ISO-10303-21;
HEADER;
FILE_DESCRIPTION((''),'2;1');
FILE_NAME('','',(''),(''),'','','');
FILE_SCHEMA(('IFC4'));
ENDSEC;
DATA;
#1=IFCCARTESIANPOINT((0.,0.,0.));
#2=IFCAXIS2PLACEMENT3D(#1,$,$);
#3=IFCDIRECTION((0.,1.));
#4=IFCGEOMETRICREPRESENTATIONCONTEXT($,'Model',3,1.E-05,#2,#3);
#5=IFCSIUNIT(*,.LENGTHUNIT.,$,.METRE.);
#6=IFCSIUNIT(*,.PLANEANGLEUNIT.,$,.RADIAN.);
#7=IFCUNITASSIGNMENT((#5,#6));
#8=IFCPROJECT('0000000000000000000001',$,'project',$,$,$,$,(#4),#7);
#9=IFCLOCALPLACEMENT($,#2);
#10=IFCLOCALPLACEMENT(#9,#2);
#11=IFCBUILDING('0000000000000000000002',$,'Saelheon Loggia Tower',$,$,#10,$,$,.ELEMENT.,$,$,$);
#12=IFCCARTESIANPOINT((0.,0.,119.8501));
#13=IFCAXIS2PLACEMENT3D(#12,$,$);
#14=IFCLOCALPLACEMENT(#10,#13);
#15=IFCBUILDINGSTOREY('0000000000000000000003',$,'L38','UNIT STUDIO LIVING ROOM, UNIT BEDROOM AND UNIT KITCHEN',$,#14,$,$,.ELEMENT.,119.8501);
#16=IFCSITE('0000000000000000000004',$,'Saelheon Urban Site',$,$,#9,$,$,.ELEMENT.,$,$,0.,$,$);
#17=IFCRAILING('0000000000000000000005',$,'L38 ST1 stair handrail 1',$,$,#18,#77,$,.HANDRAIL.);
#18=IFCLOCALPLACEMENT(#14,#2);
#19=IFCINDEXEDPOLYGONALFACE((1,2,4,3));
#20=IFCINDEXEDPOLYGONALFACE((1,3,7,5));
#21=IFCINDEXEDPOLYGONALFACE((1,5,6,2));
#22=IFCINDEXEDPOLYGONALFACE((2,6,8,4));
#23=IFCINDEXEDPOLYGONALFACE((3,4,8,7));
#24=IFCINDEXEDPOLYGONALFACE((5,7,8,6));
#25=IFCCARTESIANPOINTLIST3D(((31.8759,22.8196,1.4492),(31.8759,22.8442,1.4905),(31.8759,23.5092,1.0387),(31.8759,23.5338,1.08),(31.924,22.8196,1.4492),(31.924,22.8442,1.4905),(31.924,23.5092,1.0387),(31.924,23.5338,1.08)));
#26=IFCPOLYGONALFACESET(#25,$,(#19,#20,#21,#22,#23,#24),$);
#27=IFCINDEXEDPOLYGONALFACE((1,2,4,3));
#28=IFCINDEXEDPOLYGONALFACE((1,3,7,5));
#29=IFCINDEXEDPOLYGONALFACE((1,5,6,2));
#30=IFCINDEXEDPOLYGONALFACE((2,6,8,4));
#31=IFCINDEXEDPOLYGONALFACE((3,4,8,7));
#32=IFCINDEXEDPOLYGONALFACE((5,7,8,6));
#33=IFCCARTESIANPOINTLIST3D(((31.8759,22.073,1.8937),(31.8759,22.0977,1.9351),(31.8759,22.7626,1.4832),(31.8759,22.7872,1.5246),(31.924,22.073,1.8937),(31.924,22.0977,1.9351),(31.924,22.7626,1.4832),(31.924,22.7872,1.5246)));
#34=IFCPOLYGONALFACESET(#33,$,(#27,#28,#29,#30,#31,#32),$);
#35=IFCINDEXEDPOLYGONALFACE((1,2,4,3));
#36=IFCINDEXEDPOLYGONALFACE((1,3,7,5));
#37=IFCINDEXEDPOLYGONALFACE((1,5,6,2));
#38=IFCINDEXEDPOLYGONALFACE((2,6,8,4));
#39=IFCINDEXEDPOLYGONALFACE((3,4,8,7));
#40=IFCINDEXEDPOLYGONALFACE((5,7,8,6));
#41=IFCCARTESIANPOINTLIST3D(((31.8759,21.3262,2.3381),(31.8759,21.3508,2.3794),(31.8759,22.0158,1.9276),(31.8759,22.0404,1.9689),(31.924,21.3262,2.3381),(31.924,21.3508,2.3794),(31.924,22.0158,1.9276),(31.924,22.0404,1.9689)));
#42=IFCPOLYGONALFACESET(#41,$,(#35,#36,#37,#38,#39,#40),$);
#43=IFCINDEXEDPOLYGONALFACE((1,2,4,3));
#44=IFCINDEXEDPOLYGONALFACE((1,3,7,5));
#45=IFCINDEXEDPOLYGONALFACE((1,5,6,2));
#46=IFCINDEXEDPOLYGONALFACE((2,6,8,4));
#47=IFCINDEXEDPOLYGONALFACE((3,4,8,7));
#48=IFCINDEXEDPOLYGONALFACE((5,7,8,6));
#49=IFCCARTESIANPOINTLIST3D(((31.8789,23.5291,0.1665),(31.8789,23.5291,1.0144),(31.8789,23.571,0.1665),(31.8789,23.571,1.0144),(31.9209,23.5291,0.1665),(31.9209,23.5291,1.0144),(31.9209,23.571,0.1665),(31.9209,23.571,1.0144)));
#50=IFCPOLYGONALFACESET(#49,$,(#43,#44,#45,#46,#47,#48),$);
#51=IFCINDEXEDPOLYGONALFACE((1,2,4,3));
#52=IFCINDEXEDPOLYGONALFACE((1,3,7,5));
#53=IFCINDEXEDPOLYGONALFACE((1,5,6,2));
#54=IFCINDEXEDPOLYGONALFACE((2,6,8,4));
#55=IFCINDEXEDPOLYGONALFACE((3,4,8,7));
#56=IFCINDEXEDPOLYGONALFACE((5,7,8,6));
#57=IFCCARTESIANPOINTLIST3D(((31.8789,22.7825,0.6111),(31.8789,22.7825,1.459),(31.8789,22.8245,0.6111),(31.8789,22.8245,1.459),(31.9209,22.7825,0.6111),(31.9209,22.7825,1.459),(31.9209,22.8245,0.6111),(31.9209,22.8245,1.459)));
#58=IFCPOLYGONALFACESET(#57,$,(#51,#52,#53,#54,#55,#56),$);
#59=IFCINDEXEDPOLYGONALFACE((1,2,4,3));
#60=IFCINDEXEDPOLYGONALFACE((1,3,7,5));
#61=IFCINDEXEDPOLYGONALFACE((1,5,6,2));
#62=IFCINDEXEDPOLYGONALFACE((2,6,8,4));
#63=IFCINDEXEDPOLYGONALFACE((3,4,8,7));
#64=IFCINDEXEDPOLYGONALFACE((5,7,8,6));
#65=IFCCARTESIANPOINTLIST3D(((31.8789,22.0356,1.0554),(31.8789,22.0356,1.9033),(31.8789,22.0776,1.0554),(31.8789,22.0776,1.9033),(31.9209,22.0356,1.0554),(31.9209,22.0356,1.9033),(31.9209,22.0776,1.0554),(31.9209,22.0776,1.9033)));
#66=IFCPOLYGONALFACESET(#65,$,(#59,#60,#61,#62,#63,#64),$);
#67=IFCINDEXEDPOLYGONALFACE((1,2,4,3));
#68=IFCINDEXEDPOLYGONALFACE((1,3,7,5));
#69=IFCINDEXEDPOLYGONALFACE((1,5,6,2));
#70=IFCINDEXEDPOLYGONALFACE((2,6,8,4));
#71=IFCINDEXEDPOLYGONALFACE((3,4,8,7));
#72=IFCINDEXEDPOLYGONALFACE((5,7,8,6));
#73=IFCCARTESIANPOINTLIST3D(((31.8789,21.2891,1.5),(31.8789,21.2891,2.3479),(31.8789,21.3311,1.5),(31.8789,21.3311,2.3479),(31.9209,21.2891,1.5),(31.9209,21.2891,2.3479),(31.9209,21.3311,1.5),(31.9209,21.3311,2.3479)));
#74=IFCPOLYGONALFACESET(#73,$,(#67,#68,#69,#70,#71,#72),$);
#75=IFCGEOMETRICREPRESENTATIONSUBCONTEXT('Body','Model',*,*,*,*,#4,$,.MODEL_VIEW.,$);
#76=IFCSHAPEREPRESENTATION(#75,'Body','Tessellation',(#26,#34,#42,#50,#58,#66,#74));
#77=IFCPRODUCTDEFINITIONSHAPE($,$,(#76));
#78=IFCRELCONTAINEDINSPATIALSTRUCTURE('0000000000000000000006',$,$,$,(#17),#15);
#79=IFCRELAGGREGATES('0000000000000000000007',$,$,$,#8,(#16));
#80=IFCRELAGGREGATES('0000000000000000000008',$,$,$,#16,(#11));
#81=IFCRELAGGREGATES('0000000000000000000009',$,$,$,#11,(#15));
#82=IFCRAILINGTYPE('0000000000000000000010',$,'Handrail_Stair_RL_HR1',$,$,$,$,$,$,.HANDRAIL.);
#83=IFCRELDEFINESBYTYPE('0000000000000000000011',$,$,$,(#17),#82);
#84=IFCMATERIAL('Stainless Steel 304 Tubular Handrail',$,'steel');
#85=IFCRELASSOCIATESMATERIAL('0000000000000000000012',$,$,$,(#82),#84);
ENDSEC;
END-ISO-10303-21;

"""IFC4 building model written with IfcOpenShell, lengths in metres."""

from ifc_helpers import new_model, si_unit, direction, frame, origin, origin_2d, place, context, subcontext, project, spatial, rectangle, extrude, material, type_object, element, save


model = new_model("IFC4")

# Units and contexts
model_context = context("Model", 3, precision=1e-05, world=origin(), true_north=direction((0.0, 1.0)))
body_context = subcontext(model_context, "Body", "Model", "MODEL_VIEW")
ifc_project = project(units=[si_unit("LENGTHUNIT", "METRE"), si_unit("PLANEANGLEUNIT", "RADIAN")], contexts=[model_context])

# Site, building, storey
site_placement = place(None, origin())
site = spatial("IfcSite", under=ifc_project, at=site_placement, Name="Saelheon Urban Site", CompositionType="ELEMENT", RefElevation=0.0)
building_placement = place(site_placement, origin())
building = spatial("IfcBuilding", under=site, at=building_placement, Name="Saelheon Loggia Tower", CompositionType="ELEMENT")
storey_placement = place(building_placement, frame((0.0, 0.0, 119.8501)))
storey = spatial("IfcBuildingStorey", under=building, at=storey_placement, Name="L38", Description="UNIT STUDIO LIVING ROOM, UNIT BEDROOM AND UNIT KITCHEN", CompositionType="ELEMENT", Elevation=119.8501)

# Railing
ifc_material_1 = material(Name="Stainless Steel 304 Tubular Handrail", Category="steel")
railing_type_1 = type_object("IfcRailingType", Name="Handrail_Stair_RL_HR1", PredefinedType="HANDRAIL", material=ifc_material_1)
railing_1_placement = place(storey_placement, frame((31.8999, 23.55, 0.1665)))
element("IfcRailing", 1, at=railing_1_placement, inside=storey, type_object=railing_type_1, Name="L38 ST1 stair handrail 1", PredefinedType="HANDRAIL", context=body_context, shape_type="SweptSolid", body=[
    extrude(rectangle(XDim=0.0481, YDim=0.0481, at=origin_2d()), frame((0.0, -0.0286, 0.8928), z_axis=(0.0, -0.859264, 0.511532), x_axis=(1.0, 0.0, 0.0)), (0.0, 0.0, 1.0), 0.8025),
    extrude(rectangle(XDim=0.0481, YDim=0.0481, at=origin_2d()), frame((0.0, -0.7751, 1.3374), z_axis=(0.0, -0.859264, 0.511532), x_axis=(1.0, 0.0, 0.0)), (0.0, 0.0, 1.0), 0.8025),
    extrude(rectangle(XDim=0.0481, YDim=0.0481, at=origin_2d()), frame((0.0, -1.522, 1.7817), z_axis=(0.0, -0.859264, 0.511532), x_axis=(1.0, 0.0, 0.0)), (0.0, 0.0, 1.0), 0.8025),
    extrude(rectangle(XDim=0.042, YDim=0.042, at=origin_2d()), origin(), (0.0, 0.0, 1.0), 0.8479),
    extrude(rectangle(XDim=0.042, YDim=0.042, at=origin_2d()), frame((0.0, -0.7466, 0.4446)), (0.0, 0.0, 1.0), 0.8479),
    extrude(rectangle(XDim=0.042, YDim=0.042, at=origin_2d()), frame((0.0, -1.4934, 0.8889)), (0.0, 0.0, 1.0), 0.8479),
    extrude(rectangle(XDim=0.042, YDim=0.042, at=origin_2d()), frame((0.0, -2.24, 1.3335)), (0.0, 0.0, 1.0), 0.8479),
])

save(model, "model.ifc")
